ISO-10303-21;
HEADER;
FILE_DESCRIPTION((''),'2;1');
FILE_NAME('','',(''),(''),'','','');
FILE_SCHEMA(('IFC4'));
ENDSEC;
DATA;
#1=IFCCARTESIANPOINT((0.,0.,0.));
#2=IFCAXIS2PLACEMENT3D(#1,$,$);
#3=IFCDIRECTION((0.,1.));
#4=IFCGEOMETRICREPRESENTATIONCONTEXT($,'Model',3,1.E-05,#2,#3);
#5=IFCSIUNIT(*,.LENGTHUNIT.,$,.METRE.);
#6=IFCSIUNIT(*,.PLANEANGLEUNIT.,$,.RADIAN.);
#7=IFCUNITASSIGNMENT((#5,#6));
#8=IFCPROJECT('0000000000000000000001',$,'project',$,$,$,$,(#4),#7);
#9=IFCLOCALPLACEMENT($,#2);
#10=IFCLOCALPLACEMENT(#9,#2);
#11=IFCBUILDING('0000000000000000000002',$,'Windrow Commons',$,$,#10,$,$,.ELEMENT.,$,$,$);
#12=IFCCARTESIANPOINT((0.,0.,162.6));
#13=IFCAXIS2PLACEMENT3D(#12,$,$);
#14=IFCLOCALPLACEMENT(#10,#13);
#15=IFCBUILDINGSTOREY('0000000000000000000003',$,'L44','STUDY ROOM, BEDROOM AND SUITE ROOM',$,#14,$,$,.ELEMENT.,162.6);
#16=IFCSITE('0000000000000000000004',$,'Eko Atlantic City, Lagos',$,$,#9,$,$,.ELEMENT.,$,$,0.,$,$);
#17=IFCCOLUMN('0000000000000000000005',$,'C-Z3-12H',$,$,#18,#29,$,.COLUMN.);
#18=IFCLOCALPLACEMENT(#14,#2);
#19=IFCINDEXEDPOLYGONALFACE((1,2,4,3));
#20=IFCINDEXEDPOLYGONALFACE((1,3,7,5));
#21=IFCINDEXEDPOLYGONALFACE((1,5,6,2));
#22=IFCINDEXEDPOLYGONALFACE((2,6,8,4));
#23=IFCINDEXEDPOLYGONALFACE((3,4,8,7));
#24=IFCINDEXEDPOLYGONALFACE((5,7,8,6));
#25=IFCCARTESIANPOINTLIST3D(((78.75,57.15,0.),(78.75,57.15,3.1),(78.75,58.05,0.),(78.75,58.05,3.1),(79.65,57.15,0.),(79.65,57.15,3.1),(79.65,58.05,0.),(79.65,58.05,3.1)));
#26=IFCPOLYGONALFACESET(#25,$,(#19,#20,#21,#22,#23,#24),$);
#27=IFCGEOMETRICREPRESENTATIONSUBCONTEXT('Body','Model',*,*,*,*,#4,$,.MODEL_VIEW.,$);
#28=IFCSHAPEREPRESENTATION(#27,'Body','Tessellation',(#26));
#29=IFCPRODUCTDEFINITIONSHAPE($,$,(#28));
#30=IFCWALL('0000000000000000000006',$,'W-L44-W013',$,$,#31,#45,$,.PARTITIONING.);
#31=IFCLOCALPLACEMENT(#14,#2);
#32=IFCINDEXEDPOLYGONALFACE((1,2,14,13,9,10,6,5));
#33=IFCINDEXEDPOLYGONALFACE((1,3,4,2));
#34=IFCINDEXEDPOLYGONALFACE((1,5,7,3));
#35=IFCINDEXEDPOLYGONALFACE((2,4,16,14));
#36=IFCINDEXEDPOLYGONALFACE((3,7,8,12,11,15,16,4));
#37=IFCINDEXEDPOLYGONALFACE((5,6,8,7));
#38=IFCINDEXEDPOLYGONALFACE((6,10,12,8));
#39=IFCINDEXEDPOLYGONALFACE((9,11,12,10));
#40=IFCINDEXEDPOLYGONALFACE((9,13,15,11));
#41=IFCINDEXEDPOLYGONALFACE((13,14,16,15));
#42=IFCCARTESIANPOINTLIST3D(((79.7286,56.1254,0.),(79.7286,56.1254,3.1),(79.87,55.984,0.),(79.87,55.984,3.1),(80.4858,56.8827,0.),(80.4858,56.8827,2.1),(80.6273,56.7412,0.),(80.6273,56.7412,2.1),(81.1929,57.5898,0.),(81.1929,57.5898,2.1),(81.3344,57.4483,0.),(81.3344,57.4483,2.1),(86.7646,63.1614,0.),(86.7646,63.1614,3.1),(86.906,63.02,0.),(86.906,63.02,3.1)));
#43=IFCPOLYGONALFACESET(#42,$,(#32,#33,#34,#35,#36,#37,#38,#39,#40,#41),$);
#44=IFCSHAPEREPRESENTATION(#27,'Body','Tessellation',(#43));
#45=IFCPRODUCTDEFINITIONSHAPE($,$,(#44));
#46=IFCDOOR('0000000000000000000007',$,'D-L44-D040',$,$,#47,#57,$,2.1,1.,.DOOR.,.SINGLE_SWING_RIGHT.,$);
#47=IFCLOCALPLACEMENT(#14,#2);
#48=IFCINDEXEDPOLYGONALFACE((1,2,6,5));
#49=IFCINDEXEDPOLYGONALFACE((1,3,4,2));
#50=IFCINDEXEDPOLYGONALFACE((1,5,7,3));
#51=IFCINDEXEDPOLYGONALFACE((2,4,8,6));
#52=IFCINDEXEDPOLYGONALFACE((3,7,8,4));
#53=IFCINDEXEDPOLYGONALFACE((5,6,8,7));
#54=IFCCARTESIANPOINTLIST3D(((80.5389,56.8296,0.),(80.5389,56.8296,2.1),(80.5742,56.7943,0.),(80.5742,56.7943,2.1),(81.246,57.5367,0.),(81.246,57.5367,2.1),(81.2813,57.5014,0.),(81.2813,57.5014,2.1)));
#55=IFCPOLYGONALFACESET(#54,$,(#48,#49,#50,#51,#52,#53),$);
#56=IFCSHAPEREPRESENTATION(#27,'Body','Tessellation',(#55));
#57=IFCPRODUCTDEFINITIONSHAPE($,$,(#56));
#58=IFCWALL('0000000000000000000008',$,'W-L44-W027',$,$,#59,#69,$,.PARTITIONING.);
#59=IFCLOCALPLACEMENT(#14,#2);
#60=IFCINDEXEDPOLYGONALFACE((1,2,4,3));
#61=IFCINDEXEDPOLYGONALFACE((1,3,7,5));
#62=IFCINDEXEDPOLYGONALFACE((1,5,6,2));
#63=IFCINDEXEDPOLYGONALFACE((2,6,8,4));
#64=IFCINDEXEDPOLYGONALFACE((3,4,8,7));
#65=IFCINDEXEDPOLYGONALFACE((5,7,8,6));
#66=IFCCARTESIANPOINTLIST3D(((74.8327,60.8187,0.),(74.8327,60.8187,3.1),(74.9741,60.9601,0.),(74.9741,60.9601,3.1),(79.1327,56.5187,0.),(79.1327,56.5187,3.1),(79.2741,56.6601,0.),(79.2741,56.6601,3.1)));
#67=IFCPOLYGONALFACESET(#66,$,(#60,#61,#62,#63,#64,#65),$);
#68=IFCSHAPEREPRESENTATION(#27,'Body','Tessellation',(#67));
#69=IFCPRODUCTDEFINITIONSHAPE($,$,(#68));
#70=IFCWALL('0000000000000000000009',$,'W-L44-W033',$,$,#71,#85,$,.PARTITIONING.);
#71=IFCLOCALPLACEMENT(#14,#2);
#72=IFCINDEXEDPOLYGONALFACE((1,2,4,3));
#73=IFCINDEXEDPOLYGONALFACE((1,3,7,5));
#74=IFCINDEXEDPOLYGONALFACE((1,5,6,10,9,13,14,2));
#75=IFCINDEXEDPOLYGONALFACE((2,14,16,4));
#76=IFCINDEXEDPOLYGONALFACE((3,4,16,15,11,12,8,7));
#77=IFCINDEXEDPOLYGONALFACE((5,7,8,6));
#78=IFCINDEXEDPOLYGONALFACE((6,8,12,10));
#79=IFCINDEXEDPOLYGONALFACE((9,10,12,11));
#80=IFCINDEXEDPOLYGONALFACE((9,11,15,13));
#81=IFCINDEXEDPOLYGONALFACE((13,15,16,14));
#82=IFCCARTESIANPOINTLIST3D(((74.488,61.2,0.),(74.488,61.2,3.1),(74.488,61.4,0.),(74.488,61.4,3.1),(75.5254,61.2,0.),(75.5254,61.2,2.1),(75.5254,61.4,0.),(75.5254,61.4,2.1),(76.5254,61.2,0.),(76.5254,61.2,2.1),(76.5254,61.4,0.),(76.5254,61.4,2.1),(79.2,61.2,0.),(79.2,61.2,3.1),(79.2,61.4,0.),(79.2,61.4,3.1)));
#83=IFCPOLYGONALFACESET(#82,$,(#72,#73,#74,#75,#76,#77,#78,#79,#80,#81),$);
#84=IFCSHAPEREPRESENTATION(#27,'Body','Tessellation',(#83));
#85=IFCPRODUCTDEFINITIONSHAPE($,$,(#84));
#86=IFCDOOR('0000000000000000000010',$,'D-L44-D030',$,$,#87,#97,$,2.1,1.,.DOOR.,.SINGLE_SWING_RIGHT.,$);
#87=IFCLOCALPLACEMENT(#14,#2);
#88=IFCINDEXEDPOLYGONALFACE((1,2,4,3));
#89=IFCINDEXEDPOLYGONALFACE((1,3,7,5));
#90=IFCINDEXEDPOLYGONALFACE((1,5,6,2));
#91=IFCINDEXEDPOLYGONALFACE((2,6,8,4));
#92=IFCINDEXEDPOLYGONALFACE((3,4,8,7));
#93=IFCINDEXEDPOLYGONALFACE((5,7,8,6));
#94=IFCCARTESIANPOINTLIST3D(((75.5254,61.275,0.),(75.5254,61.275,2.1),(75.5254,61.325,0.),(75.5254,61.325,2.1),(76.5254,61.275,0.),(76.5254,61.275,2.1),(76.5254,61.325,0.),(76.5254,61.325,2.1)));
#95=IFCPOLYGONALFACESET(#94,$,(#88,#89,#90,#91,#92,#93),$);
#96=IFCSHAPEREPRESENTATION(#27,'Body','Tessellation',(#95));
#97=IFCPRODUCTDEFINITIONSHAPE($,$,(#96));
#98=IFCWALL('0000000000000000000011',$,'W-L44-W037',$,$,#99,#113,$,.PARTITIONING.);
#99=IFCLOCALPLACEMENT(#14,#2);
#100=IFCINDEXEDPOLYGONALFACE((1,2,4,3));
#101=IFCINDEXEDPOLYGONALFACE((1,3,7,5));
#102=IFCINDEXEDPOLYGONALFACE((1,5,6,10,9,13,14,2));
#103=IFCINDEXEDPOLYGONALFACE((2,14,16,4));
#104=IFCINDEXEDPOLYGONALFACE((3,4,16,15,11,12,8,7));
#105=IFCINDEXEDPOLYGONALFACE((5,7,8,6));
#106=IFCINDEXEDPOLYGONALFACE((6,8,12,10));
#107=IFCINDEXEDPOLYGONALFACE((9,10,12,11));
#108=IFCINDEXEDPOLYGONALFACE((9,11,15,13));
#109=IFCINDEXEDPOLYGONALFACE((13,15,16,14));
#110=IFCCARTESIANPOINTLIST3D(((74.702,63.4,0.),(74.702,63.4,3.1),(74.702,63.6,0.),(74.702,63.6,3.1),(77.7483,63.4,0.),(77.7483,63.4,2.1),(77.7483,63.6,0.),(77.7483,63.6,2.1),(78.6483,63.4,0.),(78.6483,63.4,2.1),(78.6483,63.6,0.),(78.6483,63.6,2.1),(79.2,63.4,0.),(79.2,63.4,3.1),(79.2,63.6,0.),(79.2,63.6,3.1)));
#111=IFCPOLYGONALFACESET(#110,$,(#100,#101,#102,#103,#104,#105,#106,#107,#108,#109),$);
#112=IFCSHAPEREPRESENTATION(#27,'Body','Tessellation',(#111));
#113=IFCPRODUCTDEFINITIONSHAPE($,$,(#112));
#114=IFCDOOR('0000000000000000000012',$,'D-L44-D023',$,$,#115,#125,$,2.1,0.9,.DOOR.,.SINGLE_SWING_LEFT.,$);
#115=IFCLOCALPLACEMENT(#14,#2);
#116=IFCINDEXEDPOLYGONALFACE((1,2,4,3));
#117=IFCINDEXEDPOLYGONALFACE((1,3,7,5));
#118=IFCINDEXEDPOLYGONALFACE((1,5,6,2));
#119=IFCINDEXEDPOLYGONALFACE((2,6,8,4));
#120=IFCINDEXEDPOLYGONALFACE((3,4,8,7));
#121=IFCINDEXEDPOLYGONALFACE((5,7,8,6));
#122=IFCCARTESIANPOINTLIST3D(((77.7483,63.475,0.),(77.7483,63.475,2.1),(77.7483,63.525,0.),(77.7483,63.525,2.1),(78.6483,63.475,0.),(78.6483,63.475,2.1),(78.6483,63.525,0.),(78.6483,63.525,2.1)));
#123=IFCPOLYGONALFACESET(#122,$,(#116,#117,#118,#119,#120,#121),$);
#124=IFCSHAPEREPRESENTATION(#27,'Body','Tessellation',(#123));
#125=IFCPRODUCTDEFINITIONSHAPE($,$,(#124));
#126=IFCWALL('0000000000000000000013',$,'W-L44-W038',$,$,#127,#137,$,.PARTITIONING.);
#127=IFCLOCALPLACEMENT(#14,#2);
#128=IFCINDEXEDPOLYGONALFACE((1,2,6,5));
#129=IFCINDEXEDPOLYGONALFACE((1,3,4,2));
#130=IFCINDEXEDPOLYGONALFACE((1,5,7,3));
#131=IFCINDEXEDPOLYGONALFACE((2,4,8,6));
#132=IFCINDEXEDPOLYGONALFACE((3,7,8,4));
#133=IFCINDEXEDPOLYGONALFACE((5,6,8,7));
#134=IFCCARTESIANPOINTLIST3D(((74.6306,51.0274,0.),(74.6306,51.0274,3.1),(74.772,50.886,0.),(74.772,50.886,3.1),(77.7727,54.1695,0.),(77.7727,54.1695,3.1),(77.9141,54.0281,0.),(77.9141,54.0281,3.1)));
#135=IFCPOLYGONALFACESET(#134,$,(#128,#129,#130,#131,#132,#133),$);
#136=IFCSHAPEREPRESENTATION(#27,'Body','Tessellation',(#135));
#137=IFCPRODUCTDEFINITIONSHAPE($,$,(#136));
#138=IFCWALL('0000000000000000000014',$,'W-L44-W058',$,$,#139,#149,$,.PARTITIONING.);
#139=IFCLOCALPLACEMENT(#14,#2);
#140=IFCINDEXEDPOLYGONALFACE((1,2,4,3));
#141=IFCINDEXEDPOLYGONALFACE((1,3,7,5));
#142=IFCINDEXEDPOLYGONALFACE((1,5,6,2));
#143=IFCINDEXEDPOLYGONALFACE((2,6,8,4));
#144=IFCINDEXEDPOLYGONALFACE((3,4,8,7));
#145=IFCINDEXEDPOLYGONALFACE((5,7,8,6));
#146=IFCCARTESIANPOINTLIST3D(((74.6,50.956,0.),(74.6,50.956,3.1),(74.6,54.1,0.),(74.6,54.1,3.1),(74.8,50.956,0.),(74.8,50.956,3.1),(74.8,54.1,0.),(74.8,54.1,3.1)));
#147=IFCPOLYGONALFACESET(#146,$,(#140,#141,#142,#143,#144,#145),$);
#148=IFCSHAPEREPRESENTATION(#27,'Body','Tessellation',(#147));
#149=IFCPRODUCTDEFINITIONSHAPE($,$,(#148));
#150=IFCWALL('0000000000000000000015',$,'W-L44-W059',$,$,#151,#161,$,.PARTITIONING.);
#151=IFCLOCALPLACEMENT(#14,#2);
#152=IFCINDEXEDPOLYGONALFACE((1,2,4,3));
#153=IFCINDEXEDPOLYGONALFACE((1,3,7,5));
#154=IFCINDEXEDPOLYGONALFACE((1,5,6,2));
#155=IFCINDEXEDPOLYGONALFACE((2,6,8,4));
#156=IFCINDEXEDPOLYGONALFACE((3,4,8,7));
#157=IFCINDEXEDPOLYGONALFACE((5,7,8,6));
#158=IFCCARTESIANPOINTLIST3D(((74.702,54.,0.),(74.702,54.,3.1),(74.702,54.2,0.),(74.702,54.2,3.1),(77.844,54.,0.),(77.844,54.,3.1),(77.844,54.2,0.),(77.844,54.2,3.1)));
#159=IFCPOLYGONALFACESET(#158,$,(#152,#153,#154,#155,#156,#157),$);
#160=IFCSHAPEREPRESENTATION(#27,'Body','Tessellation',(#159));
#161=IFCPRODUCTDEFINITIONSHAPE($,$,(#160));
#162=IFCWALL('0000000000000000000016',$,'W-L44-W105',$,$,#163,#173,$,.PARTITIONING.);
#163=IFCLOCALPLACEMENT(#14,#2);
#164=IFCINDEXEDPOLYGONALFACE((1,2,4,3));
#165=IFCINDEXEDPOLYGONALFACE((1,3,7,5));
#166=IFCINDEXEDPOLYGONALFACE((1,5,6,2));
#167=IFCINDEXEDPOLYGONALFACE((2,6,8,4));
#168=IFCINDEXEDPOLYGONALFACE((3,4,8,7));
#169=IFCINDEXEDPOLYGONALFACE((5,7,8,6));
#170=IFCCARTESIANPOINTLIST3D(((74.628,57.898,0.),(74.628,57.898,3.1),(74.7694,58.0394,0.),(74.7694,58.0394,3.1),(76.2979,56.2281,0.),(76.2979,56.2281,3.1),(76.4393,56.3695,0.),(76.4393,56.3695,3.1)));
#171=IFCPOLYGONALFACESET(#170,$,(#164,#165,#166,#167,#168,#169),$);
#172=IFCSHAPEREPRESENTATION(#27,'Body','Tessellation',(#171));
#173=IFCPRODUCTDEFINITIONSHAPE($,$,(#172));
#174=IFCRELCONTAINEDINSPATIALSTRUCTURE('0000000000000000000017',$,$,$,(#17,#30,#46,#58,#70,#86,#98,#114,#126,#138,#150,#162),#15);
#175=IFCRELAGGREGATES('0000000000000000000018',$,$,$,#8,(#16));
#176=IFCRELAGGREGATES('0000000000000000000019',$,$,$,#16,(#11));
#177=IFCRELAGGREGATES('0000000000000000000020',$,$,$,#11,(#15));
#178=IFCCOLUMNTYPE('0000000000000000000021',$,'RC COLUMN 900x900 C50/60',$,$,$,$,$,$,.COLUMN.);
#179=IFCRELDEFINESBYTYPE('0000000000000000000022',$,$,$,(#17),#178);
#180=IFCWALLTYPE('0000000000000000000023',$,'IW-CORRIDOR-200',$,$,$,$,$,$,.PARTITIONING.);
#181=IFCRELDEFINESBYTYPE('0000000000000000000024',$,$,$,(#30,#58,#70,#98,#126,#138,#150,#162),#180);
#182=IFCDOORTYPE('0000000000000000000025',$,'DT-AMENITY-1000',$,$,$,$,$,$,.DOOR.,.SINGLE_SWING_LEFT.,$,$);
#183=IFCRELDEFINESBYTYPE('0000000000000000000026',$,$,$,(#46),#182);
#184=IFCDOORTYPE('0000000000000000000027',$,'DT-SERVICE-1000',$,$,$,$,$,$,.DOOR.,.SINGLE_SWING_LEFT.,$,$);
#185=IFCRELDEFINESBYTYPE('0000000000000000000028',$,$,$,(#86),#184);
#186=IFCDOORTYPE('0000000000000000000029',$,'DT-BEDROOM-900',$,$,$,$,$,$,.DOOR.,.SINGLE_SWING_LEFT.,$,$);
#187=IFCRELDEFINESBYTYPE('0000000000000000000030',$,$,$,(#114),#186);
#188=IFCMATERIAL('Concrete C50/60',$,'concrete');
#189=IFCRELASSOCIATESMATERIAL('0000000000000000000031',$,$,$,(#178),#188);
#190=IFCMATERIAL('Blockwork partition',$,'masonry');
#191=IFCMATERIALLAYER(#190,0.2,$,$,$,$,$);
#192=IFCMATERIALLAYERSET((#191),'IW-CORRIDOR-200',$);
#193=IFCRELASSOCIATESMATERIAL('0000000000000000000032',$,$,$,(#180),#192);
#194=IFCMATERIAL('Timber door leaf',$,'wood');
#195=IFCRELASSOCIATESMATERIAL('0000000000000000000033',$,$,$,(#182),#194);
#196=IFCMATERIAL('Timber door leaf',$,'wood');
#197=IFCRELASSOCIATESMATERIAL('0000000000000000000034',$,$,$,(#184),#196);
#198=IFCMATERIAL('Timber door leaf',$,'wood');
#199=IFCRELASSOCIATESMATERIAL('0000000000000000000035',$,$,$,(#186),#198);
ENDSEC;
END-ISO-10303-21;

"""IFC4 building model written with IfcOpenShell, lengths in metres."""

from ifc_helpers import new_model, si_unit, direction, frame, frame_2d, origin, origin_2d, place, context, subcontext, project, spatial, rectangle, extrude, material, layer, layer_set, material_profile, profile_set, type_object, element, fill, save


model = new_model("IFC4")

# Units and contexts
model_context = context("Model", 3, precision=1e-05, world=origin(), true_north=direction((0.0, 1.0)))
body_context = subcontext(model_context, "Body", "Model", "MODEL_VIEW")
ifc_project = project(units=[si_unit("LENGTHUNIT", "METRE"), si_unit("PLANEANGLEUNIT", "RADIAN")], contexts=[model_context])

# Site, building, storey
site_placement = place(None, origin())
site = spatial("IfcSite", under=ifc_project, at=site_placement, Name="Eko Atlantic City, Lagos", CompositionType="ELEMENT", RefElevation=0.0)
building_placement = place(site_placement, origin())
building = spatial("IfcBuilding", under=site, at=building_placement, Name="Windrow Commons", CompositionType="ELEMENT")
storey_placement = place(building_placement, frame((0.0, 0.0, 162.6)))
storey = spatial("IfcBuildingStorey", under=building, at=storey_placement, Name="L44", Description="STUDY ROOM, BEDROOM AND SUITE ROOM", CompositionType="ELEMENT", Elevation=162.6)

# Column
ifc_material_1 = material(Name="Concrete C50/60", Category="concrete")
ifc_material_profile = material_profile(ifc_material_1, rectangle(XDim=0.9, YDim=0.9, at=origin_2d()))
ifc_profile_set = profile_set([ifc_material_profile], Name="Concrete C50/60")
column_type = type_object("IfcColumnType", Name="RC COLUMN 900x900 C50/60", PredefinedType="COLUMN", material=ifc_profile_set)
column_placement = place(storey_placement, frame((79.2, 57.6, 0.0), z_axis=(0.0, 0.0, 1.0), x_axis=(1.0, 0.0, 0.0)))
element("IfcColumn", 1, at=column_placement, inside=storey, type_object=column_type, Name="C-Z3-12H", PredefinedType="COLUMN", context=body_context, shape_type="SweptSolid", body=[
    extrude(rectangle(XDim=0.9, YDim=0.9, at=origin_2d()), origin(), (0.0, 0.0, 1.0), 3.1),
])

# Wall, opening, door
ifc_material_2 = material(Name="Blockwork partition", Category="masonry")
ifc_layer_1 = layer(ifc_material_2, 0.2)
ifc_layer_set_1 = layer_set([ifc_layer_1], Name="IW-CORRIDOR-200")
wall_type_1 = type_object("IfcWallType", Name="IW-CORRIDOR-200", PredefinedType="PARTITIONING", material=ifc_layer_set_1)
wall_1_placement = place(storey_placement, frame((79.7993, 56.0547, 0.0), z_axis=(0.0, 0.0, 1.0), x_axis=(0.707107, 0.707107, 0.0)))
wall_1 = element("IfcWall", 2, at=wall_1_placement, inside=storey, type_object=wall_type_1, Name="W-L44-W013", PredefinedType="PARTITIONING", context=body_context, shape_type="SweptSolid", body=[
    extrude(rectangle(XDim=9.9504, YDim=0.2, at=frame_2d((4.9752, 0.0))), origin(), (0.0, 0.0, 1.0), 3.1),
])
opening_1_placement = place(wall_1_placement, frame((1.0709, 0.0, 0.0)))
opening_1 = element("IfcOpeningElement", 3, at=opening_1_placement, cuts=wall_1, PredefinedType="OPENING", context=body_context, shape_type="SweptSolid", body=[
    extrude(rectangle(XDim=1.0, YDim=2.1, at=frame_2d((0.5, 1.05))), frame((0.0, 0.11, 0.0), z_axis=(0.0, -1.0, 0.0), x_axis=(1.0, 0.0, 0.0)), (0.0, 0.0, 1.0), 0.22),
])
ifc_material_3 = material(Name="Timber door leaf", Category="wood")
door_type_1 = type_object("IfcDoorType", Name="DT-AMENITY-1000", OperationType="SINGLE_SWING_LEFT", PredefinedType="DOOR", material=ifc_material_3)
door_1_placement = place(opening_1_placement, origin())
door_1 = element("IfcDoor", 4, at=door_1_placement, inside=storey, type_object=door_type_1, Name="D-L44-D040", OperationType="SINGLE_SWING_RIGHT", OverallHeight=2.1, OverallWidth=1.0, PredefinedType="DOOR", context=body_context, shape_type="SweptSolid", body=[
    extrude(rectangle(XDim=1.0, YDim=2.1, at=frame_2d((0.5, 1.05))), frame((0.0, 0.025, 0.0), z_axis=(0.0, -1.0, 0.0), x_axis=(1.0, 0.0, 0.0)), (0.0, 0.0, 1.0), 0.05),
])
fill(opening_1, door_1)

# Wall
wall_2_placement = place(storey_placement, frame((74.9034, 60.8894, 0.0), z_axis=(0.0, 0.0, 1.0), x_axis=(0.707107, -0.707107, 0.0)))
element("IfcWall", 5, at=wall_2_placement, inside=storey, type_object=wall_type_1, Name="W-L44-W027", PredefinedType="PARTITIONING", context=body_context, shape_type="SweptSolid", body=[
    extrude(rectangle(XDim=6.0811, YDim=0.2, at=frame_2d((3.0406, 0.0))), origin(), (0.0, 0.0, 1.0), 3.1),
])

# Walls, openings, doors
wall_3_placement = place(storey_placement, frame((74.488, 61.3, 0.0), z_axis=(0.0, 0.0, 1.0), x_axis=(1.0, 0.0, 0.0)))
wall_3 = element("IfcWall", 6, at=wall_3_placement, inside=storey, type_object=wall_type_1, Name="W-L44-W033", PredefinedType="PARTITIONING", context=body_context, shape_type="SweptSolid", body=[
    extrude(rectangle(XDim=4.712, YDim=0.2, at=frame_2d((2.356, 0.0))), origin(), (0.0, 0.0, 1.0), 3.1),
])
opening_2_placement = place(wall_3_placement, frame((1.0374, 0.0, 0.0)))
opening_2 = element("IfcOpeningElement", 7, at=opening_2_placement, cuts=wall_3, PredefinedType="OPENING", context=body_context, shape_type="SweptSolid", body=[
    extrude(rectangle(XDim=1.0, YDim=2.1, at=frame_2d((0.5, 1.05))), frame((0.0, 0.11, 0.0), z_axis=(0.0, -1.0, 0.0), x_axis=(1.0, 0.0, 0.0)), (0.0, 0.0, 1.0), 0.22),
])
ifc_material_4 = material(Name="Timber door leaf", Category="wood")
door_type_2 = type_object("IfcDoorType", Name="DT-SERVICE-1000", OperationType="SINGLE_SWING_LEFT", PredefinedType="DOOR", material=ifc_material_4)
door_2_placement = place(opening_2_placement, origin())
door_2 = element("IfcDoor", 8, at=door_2_placement, inside=storey, type_object=door_type_2, Name="D-L44-D030", OperationType="SINGLE_SWING_RIGHT", OverallHeight=2.1, OverallWidth=1.0, PredefinedType="DOOR", context=body_context, shape_type="SweptSolid", body=[
    extrude(rectangle(XDim=1.0, YDim=2.1, at=frame_2d((0.5, 1.05))), frame((0.0, 0.025, 0.0), z_axis=(0.0, -1.0, 0.0), x_axis=(1.0, 0.0, 0.0)), (0.0, 0.0, 1.0), 0.05),
])
fill(opening_2, door_2)
wall_4_placement = place(storey_placement, frame((74.702, 63.5, 0.0), z_axis=(0.0, 0.0, 1.0), x_axis=(1.0, 0.0, 0.0)))
wall_4 = element("IfcWall", 9, at=wall_4_placement, inside=storey, type_object=wall_type_1, Name="W-L44-W037", PredefinedType="PARTITIONING", context=body_context, shape_type="SweptSolid", body=[
    extrude(rectangle(XDim=4.498, YDim=0.2, at=frame_2d((2.249, 0.0))), origin(), (0.0, 0.0, 1.0), 3.1),
])
opening_3_placement = place(wall_4_placement, frame((3.0463, 0.0, 0.0)))
opening_3 = element("IfcOpeningElement", 10, at=opening_3_placement, cuts=wall_4, PredefinedType="OPENING", context=body_context, shape_type="SweptSolid", body=[
    extrude(rectangle(XDim=0.9, YDim=2.1, at=frame_2d((0.45, 1.05))), frame((0.0, 0.11, 0.0), z_axis=(0.0, -1.0, 0.0), x_axis=(1.0, 0.0, 0.0)), (0.0, 0.0, 1.0), 0.22),
])
ifc_material_5 = material(Name="Timber door leaf", Category="wood")
door_type_3 = type_object("IfcDoorType", Name="DT-BEDROOM-900", OperationType="SINGLE_SWING_LEFT", PredefinedType="DOOR", material=ifc_material_5)
door_3_placement = place(opening_3_placement, origin())
door_3 = element("IfcDoor", 11, at=door_3_placement, inside=storey, type_object=door_type_3, Name="D-L44-D023", OperationType="SINGLE_SWING_LEFT", OverallHeight=2.1, OverallWidth=0.9, PredefinedType="DOOR", context=body_context, shape_type="SweptSolid", body=[
    extrude(rectangle(XDim=0.9, YDim=2.1, at=frame_2d((0.45, 1.05))), frame((0.0, 0.025, 0.0), z_axis=(0.0, -1.0, 0.0), x_axis=(1.0, 0.0, 0.0)), (0.0, 0.0, 1.0), 0.05),
])
fill(opening_3, door_3)

# Walls
wall_5_placement = place(storey_placement, frame((74.7013, 50.9567, 0.0), z_axis=(0.0, 0.0, 1.0), x_axis=(0.707107, 0.707107, 0.0)))
element("IfcWall", 12, at=wall_5_placement, inside=storey, type_object=wall_type_1, Name="W-L44-W038", PredefinedType="PARTITIONING", context=body_context, shape_type="SweptSolid", body=[
    extrude(rectangle(XDim=4.4435, YDim=0.2, at=frame_2d((2.2218, 0.0))), origin(), (0.0, 0.0, 1.0), 3.1),
])
wall_6_placement = place(storey_placement, frame((74.7, 50.956, 0.0), z_axis=(0.0, 0.0, 1.0), x_axis=(0.0, 1.0, 0.0)))
element("IfcWall", 13, at=wall_6_placement, inside=storey, type_object=wall_type_1, Name="W-L44-W058", PredefinedType="PARTITIONING", context=body_context, shape_type="SweptSolid", body=[
    extrude(rectangle(XDim=3.144, YDim=0.2, at=frame_2d((1.572, 0.0))), origin(), (0.0, 0.0, 1.0), 3.1),
])
wall_7_placement = place(storey_placement, frame((74.702, 54.1, 0.0), z_axis=(0.0, 0.0, 1.0), x_axis=(1.0, 0.0, 0.0)))
element("IfcWall", 14, at=wall_7_placement, inside=storey, type_object=wall_type_1, Name="W-L44-W059", PredefinedType="PARTITIONING", context=body_context, shape_type="SweptSolid", body=[
    extrude(rectangle(XDim=3.142, YDim=0.2, at=frame_2d((1.571, 0.0))), origin(), (0.0, 0.0, 1.0), 3.1),
])
wall_8_placement = place(storey_placement, frame((74.6987, 57.9687, 0.0), z_axis=(0.0, 0.0, 1.0), x_axis=(0.707107, -0.707107, 0.0)))
element("IfcWall", 15, at=wall_8_placement, inside=storey, type_object=wall_type_1, Name="W-L44-W105", PredefinedType="PARTITIONING", context=body_context, shape_type="SweptSolid", body=[
    extrude(rectangle(XDim=2.3617, YDim=0.2, at=frame_2d((1.1808, 0.0))), origin(), (0.0, 0.0, 1.0), 3.1),
])

save(model, "model.ifc")
